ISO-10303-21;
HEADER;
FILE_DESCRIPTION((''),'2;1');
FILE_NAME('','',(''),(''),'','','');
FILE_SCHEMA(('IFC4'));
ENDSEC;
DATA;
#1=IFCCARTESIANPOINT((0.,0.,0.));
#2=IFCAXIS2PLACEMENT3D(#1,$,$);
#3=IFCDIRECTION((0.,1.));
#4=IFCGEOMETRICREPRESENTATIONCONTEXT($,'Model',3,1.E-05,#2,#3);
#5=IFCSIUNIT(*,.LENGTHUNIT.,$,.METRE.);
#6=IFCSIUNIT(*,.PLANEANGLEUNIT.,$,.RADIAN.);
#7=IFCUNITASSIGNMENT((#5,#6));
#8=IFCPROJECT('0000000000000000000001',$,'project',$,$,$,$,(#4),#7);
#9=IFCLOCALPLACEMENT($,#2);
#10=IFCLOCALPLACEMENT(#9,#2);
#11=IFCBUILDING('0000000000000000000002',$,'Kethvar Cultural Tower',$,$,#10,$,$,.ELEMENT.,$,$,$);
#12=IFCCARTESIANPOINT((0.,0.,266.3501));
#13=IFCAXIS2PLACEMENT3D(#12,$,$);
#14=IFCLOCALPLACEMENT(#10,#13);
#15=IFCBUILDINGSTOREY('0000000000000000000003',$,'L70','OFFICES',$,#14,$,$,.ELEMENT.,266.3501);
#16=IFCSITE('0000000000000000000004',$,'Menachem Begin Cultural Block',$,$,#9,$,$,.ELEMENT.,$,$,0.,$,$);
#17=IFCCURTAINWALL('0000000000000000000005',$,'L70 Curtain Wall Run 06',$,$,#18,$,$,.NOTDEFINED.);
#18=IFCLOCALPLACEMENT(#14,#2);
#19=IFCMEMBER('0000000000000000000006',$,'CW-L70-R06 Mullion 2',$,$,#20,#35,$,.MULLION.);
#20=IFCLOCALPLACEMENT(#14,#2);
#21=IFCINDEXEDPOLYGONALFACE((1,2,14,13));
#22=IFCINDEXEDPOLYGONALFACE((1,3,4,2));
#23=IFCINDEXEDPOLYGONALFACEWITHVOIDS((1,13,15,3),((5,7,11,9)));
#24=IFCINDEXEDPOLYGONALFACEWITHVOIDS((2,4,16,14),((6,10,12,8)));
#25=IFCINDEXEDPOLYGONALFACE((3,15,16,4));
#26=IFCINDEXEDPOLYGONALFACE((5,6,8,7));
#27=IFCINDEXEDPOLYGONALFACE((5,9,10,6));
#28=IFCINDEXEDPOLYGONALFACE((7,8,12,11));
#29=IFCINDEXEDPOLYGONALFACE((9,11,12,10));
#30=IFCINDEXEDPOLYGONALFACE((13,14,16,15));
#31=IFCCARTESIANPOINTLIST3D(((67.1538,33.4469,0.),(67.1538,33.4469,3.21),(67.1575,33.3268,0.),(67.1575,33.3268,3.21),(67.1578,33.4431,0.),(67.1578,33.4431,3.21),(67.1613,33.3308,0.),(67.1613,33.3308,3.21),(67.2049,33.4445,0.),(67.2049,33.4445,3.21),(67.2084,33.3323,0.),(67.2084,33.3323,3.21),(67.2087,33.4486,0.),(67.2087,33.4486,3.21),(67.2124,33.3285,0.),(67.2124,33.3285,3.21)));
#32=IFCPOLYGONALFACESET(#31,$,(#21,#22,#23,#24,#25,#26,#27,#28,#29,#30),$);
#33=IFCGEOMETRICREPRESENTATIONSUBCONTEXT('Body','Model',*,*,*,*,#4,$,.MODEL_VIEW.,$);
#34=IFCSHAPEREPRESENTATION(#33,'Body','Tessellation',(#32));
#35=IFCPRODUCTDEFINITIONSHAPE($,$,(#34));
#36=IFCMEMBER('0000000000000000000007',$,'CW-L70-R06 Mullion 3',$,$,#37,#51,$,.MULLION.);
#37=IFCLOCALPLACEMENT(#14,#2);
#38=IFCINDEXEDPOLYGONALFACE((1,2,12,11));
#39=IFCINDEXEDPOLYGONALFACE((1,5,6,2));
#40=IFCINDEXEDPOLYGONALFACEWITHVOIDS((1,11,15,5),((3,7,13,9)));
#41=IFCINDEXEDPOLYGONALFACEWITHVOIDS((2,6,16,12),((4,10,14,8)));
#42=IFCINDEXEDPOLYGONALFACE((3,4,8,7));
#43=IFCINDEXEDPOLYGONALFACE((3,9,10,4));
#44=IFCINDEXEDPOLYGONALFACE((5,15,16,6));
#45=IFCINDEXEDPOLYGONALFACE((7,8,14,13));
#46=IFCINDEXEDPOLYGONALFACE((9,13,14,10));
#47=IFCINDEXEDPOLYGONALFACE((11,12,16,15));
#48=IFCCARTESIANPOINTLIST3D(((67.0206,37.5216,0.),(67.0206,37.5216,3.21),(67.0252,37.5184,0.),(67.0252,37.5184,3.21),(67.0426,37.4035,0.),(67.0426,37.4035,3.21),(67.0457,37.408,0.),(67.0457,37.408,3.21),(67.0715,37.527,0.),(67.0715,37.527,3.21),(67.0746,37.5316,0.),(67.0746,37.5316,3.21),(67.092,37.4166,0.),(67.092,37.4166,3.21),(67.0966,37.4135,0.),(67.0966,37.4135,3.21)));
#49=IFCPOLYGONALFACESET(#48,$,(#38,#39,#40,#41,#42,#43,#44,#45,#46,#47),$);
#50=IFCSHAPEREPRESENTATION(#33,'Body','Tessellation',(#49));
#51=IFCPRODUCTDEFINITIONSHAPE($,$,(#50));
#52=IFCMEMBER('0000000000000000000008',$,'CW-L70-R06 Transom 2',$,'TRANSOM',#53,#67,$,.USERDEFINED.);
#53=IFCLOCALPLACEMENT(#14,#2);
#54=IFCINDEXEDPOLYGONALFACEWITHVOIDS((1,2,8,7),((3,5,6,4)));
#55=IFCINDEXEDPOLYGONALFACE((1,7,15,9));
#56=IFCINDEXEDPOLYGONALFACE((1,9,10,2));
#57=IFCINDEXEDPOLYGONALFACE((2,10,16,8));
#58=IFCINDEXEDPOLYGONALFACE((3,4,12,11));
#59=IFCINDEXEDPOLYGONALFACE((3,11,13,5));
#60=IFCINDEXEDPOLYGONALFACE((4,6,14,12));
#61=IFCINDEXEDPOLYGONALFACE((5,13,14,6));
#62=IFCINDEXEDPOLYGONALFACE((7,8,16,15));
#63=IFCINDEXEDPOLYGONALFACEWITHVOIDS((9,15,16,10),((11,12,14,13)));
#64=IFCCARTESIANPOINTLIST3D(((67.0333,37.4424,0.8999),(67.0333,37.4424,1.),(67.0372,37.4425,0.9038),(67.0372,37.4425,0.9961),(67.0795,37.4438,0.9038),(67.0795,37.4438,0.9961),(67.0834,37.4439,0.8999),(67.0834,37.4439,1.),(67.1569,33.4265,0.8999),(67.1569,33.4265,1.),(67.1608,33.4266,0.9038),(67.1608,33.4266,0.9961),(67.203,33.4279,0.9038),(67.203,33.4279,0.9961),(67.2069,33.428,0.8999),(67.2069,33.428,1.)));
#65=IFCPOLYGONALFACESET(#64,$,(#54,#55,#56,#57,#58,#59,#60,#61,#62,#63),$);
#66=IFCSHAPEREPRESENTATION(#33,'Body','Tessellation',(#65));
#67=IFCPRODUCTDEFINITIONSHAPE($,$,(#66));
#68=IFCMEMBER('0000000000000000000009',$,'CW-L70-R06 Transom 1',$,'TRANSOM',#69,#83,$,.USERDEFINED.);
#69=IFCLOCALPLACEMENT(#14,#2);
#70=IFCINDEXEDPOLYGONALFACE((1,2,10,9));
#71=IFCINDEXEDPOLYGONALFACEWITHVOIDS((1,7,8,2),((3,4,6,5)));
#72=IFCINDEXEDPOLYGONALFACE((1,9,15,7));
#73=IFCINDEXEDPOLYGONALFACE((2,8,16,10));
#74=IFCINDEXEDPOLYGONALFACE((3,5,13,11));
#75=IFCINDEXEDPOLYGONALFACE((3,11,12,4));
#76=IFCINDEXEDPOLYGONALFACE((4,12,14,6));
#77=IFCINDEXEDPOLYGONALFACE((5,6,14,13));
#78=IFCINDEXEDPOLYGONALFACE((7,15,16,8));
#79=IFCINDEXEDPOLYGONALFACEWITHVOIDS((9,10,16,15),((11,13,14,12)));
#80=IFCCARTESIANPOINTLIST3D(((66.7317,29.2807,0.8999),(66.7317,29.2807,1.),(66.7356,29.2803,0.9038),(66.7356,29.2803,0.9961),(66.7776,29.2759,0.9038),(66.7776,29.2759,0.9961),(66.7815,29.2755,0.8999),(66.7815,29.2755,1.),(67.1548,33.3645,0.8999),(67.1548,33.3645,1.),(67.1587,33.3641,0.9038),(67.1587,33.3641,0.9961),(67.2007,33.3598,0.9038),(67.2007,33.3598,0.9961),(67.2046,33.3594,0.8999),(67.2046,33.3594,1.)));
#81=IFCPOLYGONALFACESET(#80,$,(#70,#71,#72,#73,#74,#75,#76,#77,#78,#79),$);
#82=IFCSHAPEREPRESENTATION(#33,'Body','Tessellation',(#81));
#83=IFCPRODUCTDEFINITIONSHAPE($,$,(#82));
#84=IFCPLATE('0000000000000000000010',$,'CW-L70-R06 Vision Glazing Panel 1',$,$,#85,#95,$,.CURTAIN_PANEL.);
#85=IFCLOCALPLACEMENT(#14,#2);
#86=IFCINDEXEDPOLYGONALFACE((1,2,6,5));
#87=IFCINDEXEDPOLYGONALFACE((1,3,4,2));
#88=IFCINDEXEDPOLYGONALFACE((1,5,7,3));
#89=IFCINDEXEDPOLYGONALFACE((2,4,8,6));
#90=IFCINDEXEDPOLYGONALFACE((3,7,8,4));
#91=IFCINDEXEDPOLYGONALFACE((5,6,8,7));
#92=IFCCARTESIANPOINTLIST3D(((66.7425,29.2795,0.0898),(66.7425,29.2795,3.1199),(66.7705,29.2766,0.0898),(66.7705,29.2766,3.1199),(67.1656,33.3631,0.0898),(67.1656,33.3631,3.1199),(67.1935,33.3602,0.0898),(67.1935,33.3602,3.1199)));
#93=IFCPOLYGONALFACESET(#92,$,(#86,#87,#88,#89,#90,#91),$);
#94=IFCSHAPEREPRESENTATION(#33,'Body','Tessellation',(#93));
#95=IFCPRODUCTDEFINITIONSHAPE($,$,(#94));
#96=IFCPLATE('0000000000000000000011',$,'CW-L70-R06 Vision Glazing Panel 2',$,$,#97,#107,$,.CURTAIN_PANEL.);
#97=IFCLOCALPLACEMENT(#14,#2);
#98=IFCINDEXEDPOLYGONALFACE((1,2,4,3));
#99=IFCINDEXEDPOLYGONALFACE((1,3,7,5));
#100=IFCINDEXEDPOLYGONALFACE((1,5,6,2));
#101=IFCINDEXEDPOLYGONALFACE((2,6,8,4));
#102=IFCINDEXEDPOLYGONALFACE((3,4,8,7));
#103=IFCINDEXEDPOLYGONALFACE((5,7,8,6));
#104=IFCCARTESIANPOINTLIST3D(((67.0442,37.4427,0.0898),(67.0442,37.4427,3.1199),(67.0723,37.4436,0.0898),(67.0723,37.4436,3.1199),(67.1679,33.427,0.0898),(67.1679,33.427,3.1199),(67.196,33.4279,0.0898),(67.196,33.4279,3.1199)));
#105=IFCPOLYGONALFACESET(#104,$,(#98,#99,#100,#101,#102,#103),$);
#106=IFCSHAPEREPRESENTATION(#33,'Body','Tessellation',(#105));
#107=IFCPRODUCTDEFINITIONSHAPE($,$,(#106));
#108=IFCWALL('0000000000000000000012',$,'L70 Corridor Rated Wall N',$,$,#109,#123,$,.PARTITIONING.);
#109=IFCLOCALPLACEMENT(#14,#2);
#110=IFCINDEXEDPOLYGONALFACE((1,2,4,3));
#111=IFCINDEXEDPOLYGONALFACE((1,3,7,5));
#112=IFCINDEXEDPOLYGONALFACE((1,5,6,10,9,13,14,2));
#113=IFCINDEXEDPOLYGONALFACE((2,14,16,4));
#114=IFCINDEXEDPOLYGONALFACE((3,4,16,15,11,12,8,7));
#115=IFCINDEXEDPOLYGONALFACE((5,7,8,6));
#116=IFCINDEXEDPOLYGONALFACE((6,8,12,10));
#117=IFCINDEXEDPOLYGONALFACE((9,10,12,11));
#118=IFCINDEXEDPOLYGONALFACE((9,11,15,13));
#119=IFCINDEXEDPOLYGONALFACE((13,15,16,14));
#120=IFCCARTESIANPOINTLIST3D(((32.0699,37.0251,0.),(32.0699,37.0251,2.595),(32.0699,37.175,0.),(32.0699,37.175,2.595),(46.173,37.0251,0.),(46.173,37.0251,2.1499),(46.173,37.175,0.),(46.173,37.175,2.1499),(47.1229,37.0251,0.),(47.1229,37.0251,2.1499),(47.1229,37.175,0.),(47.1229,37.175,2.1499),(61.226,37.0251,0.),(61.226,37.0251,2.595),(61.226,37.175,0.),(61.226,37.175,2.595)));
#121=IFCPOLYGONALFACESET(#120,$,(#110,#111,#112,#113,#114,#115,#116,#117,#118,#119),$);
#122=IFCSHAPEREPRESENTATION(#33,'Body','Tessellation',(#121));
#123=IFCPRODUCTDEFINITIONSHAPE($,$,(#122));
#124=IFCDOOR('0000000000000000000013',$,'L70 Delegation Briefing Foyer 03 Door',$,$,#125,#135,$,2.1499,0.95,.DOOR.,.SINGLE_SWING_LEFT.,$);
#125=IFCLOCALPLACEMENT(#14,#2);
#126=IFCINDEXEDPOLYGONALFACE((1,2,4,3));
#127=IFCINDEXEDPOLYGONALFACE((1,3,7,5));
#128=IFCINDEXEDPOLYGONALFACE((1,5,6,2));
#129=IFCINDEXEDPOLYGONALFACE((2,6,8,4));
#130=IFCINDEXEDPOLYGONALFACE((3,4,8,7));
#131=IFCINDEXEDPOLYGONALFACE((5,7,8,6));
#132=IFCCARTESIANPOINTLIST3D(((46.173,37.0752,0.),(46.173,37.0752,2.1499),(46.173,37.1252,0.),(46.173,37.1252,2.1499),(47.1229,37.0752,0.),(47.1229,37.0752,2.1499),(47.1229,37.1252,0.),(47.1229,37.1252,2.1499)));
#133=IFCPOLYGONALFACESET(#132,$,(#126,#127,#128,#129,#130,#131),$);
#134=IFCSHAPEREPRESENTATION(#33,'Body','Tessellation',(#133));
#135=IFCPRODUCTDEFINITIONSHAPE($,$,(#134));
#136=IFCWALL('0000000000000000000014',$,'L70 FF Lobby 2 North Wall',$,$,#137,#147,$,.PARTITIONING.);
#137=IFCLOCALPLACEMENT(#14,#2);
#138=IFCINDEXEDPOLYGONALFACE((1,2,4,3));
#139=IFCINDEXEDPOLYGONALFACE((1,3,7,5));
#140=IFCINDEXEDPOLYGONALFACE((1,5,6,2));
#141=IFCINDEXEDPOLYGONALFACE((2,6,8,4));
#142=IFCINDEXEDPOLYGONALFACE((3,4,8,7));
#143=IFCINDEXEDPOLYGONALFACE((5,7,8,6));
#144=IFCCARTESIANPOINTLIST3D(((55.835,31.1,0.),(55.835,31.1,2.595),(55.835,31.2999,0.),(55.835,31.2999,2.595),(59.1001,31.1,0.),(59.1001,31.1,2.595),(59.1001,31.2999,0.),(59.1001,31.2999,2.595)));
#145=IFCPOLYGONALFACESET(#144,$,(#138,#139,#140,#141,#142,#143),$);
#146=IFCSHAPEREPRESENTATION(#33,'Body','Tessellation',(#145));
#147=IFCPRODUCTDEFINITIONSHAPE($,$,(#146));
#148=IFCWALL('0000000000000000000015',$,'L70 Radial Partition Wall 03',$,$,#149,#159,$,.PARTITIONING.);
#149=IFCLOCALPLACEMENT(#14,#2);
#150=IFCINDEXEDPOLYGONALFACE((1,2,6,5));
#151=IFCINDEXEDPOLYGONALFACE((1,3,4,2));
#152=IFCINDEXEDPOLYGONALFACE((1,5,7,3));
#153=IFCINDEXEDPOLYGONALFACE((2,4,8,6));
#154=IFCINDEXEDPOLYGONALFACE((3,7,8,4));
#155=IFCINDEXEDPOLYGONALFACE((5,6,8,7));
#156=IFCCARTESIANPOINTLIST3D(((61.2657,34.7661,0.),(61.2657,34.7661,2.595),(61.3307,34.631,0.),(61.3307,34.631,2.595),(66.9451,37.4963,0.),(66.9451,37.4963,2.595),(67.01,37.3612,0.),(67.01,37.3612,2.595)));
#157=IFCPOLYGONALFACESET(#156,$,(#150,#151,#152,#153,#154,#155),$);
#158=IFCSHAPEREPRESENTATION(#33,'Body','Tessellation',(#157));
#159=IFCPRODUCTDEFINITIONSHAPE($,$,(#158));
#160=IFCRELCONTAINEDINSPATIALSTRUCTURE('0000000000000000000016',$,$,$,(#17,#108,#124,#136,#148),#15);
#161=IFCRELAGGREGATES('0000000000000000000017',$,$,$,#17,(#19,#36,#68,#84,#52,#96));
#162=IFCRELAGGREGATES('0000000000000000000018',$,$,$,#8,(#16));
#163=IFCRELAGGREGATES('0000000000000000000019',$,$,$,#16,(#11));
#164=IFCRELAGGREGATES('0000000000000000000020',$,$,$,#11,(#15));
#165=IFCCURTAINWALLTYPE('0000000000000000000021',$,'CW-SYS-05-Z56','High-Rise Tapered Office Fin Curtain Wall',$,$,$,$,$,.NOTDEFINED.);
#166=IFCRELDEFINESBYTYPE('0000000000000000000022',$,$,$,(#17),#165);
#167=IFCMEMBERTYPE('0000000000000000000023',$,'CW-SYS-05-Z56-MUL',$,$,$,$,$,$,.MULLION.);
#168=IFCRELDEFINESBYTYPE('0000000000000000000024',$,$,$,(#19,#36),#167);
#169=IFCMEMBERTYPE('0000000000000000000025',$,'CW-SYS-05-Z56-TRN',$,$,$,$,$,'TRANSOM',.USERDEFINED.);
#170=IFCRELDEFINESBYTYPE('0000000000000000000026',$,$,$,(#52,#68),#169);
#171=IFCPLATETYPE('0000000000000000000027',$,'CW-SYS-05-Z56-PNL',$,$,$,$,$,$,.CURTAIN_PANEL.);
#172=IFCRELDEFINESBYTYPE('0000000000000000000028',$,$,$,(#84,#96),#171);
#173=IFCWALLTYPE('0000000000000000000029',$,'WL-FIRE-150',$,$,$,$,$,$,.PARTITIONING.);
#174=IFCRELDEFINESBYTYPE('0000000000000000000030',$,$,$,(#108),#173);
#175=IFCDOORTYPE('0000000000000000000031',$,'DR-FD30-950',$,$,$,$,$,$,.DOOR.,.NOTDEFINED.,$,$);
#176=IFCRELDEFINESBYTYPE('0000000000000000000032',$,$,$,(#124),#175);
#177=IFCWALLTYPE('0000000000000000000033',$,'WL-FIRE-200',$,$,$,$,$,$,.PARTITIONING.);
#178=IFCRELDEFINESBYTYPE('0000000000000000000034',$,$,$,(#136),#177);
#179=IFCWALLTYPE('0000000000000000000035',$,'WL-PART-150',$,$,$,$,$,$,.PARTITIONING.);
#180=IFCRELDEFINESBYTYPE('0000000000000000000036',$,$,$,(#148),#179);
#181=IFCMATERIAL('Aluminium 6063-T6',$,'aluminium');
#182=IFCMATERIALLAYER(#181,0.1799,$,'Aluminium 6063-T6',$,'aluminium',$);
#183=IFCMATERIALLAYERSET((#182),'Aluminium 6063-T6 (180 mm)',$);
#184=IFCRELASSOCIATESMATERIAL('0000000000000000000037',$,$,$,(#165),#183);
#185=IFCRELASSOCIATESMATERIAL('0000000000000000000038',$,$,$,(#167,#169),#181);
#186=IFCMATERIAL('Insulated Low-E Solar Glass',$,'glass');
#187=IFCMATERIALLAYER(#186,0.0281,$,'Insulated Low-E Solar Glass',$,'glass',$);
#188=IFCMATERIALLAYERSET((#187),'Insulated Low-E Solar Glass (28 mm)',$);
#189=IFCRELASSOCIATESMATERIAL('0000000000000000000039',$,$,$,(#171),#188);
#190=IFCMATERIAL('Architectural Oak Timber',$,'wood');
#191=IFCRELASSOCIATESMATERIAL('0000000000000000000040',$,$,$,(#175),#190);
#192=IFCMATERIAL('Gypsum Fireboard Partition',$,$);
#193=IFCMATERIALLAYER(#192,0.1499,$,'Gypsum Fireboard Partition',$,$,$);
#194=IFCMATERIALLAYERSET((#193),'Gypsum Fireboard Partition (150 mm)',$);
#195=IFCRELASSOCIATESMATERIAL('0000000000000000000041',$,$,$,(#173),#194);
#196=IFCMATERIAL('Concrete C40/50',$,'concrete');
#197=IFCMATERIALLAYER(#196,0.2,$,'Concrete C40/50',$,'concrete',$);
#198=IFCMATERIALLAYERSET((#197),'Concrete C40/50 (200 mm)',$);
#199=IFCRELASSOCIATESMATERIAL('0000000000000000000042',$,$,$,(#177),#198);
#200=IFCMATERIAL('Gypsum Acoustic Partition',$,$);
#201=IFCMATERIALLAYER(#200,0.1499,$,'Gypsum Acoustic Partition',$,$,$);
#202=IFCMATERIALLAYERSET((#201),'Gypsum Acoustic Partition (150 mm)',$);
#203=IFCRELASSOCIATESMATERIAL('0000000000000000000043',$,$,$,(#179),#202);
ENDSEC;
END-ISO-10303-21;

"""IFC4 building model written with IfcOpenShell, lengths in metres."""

from ifc_helpers import new_model, si_unit, direction, frame, frame_2d, origin, origin_2d, place, context, subcontext, project, spatial, rectangle, hollow_rectangle, extrude, source, transform, mapped, material, layer, layer_set, material_profile, profile_set, type_object, element, fill, aggregate, save


model = new_model("IFC4")

# Units and contexts
model_context = context("Model", 3, precision=1e-05, world=origin(), true_north=direction((0.0, 1.0)))
body_context = subcontext(model_context, "Body", "Model", "MODEL_VIEW")
ifc_project = project(units=[si_unit("LENGTHUNIT", "METRE"), si_unit("PLANEANGLEUNIT", "RADIAN")], contexts=[model_context])

# Site, building, storey
site_placement = place(None, origin())
site = spatial("IfcSite", under=ifc_project, at=site_placement, Name="Menachem Begin Cultural Block", CompositionType="ELEMENT", RefElevation=0.0)
building_placement = place(site_placement, origin())
building = spatial("IfcBuilding", under=site, at=building_placement, Name="Kethvar Cultural Tower", CompositionType="ELEMENT")
storey_placement = place(building_placement, frame((0.0, 0.0, 266.3501)))
storey = spatial("IfcBuildingStorey", under=building, at=storey_placement, Name="L70", Description="OFFICES", CompositionType="ELEMENT", Elevation=266.3501)

# Shared definitions
ifc_material_1 = material(Name="Aluminium 6063-T6", Category="aluminium")
ifc_layer_1 = layer(ifc_material_1, 0.1799, Name="Aluminium 6063-T6", Category="aluminium")
ifc_layer_set_1 = layer_set([ifc_layer_1], Name="Aluminium 6063-T6 (180 mm)")
curtain_wall_type = type_object("IfcCurtainWallType", Name="CW-SYS-05-Z56", Description="High-Rise Tapered Office Fin Curtain Wall", PredefinedType="NOTDEFINED", material=ifc_layer_set_1)
ifc_material_profile_1 = material_profile(ifc_material_1, hollow_rectangle(XDim=0.0549, YDim=0.1201, WallThickness=0.0039, at=origin_2d()), Name="Aluminium 6063-T6 — RHS120x55x4")
ifc_profile_set_1 = profile_set([ifc_material_profile_1], Name="Aluminium 6063-T6 — RHS120x55x4")
member_type_1 = type_object("IfcMemberType", Name="CW-SYS-05-Z56-MUL", PredefinedType="MULLION", material=ifc_profile_set_1)
shared_shape_1 = source(origin(), body_context, "Body", "SweptSolid", [
    extrude(hollow_rectangle(XDim=0.0549, YDim=0.1201, WallThickness=0.0039, at=origin_2d()), origin(), (0.0, 0.0, 1.0), 3.21),
])

# Curtain wall, members, plates
curtain_wall_1_placement = place(storey_placement, origin())
curtain_wall_1 = element("IfcCurtainWall", 1, at=curtain_wall_1_placement, inside=storey, type_object=curtain_wall_type, Name="L70 Curtain Wall Run 06", PredefinedType="NOTDEFINED")
member_1_placement = place(storey_placement, frame((67.1831, 33.3877, 0.0), z_axis=(0.0, 0.0, 1.0), x_axis=(-0.999526, -0.030783, 0.0)))
member_1 = element("IfcMember", 2, at=member_1_placement, type_object=member_type_1, Name="CW-L70-R06 Mullion 2", PredefinedType="MULLION", context=body_context, shape_type="MappedRepresentation", body=[
    mapped(shared_shape_1, transform((0.0, 0.0, 0.0), scale=1.0)),
])
member_2_placement = place(storey_placement, frame((67.0586, 37.4675, 0.0), z_axis=(0.0, 0.0, 1.0), x_axis=(-0.983201, -0.182527, 0.0)))
member_2 = element("IfcMember", 3, at=member_2_placement, type_object=member_type_1, Name="CW-L70-R06 Mullion 3", PredefinedType="MULLION", context=body_context, shape_type="MappedRepresentation", body=[
    mapped(shared_shape_1, transform((0.0, 0.0, 0.0), scale=1.0)),
])
ifc_material_profile_2 = material_profile(ifc_material_1, hollow_rectangle(XDim=0.05, YDim=0.1001, WallThickness=0.0039, at=origin_2d()), Name="Aluminium 6063-T6 — RHS100x50x4")
ifc_profile_set_2 = profile_set([ifc_material_profile_2], Name="Aluminium 6063-T6 — RHS100x50x4")
member_type_2 = type_object("IfcMemberType", Name="CW-SYS-05-Z56-TRN", ElementType="TRANSOM", PredefinedType="USERDEFINED", material=ifc_profile_set_2)
shared_shape_2 = source(origin(), body_context, "Body", "SweptSolid", [
    extrude(hollow_rectangle(XDim=0.05, YDim=0.1001, WallThickness=0.0039, at=origin_2d()), origin(), (0.0, 0.0, 1.0), 4.0178),
])
member_3_placement = place(storey_placement, frame((67.1819, 33.4272, 0.95), z_axis=(-0.030747, 0.999527, 0.0), x_axis=(-0.999527, -0.030747, 0.0)))
member_3 = element("IfcMember", 4, at=member_3_placement, type_object=member_type_2, Name="CW-L70-R06 Transom 2", ObjectType="TRANSOM", PredefinedType="USERDEFINED", context=body_context, shape_type="MappedRepresentation", body=[
    mapped(shared_shape_2, transform((0.0, 0.0, 0.0), scale=1.0)),
])
shared_shape_3 = source(origin(), body_context, "Body", "SweptSolid", [
    extrude(hollow_rectangle(XDim=0.05, YDim=0.1001, WallThickness=0.0039, at=origin_2d()), origin(), (0.0, 0.0, 1.0), 4.1057),
])
member_4_placement = place(storey_placement, frame((66.7566, 29.2781, 0.95), z_axis=(0.103053, 0.994676, 0.0), x_axis=(-0.994676, 0.103053, 0.0)))
member_4 = element("IfcMember", 5, at=member_4_placement, type_object=member_type_2, Name="CW-L70-R06 Transom 1", ObjectType="TRANSOM", PredefinedType="USERDEFINED", context=body_context, shape_type="MappedRepresentation", body=[
    mapped(shared_shape_3, transform((0.0, 0.0, 0.0), scale=1.0)),
])
ifc_material_2 = material(Name="Insulated Low-E Solar Glass", Category="glass")
ifc_layer_2 = layer(ifc_material_2, 0.0281, Name="Insulated Low-E Solar Glass", Category="glass")
ifc_layer_set_2 = layer_set([ifc_layer_2], Name="Insulated Low-E Solar Glass (28 mm)")
plate_type = type_object("IfcPlateType", Name="CW-SYS-05-Z56-PNL", PredefinedType="CURTAIN_PANEL", material=ifc_layer_set_2)
shared_shape_4 = source(origin(), body_context, "Body", "SweptSolid", [
    extrude(rectangle(XDim=4.1055, YDim=0.0281, at=origin_2d()), origin(), (0.0, 0.0, 1.0), 3.03),
])
plate_1_placement = place(storey_placement, frame((66.968, 31.3198, 0.0898), z_axis=(0.0, 0.0, 1.0), x_axis=(0.103036, 0.994678, 0.0)))
plate_1 = element("IfcPlate", 6, at=plate_1_placement, type_object=plate_type, Name="CW-L70-R06 Vision Glazing Panel 1", PredefinedType="CURTAIN_PANEL", context=body_context, shape_type="MappedRepresentation", body=[
    mapped(shared_shape_4, transform((0.0, 0.0, 0.0), scale=1.0)),
])
shared_shape_5 = source(origin(), body_context, "Body", "SweptSolid", [
    extrude(rectangle(XDim=4.0176, YDim=0.0281, at=origin_2d()), origin(), (0.0, 0.0, 1.0), 3.03),
])
plate_2_placement = place(storey_placement, frame((67.1201, 35.4353, 0.0898), z_axis=(0.0, 0.0, 1.0), x_axis=(-0.030783, 0.999526, 0.0)))
plate_2 = element("IfcPlate", 7, at=plate_2_placement, type_object=plate_type, Name="CW-L70-R06 Vision Glazing Panel 2", PredefinedType="CURTAIN_PANEL", context=body_context, shape_type="MappedRepresentation", body=[
    mapped(shared_shape_5, transform((0.0, 0.0, 0.0), scale=1.0)),
])
aggregate(curtain_wall_1, [member_1, member_2, member_4, plate_1, member_3, plate_2])

# Shared definitions
ifc_material_3 = material(Name="Architectural Oak Timber", Category="wood")
door_type_1 = type_object("IfcDoorType", Name="DR-FD30-950", OperationType="NOTDEFINED", PredefinedType="DOOR", material=ifc_material_3)
shared_shape_6 = source(origin(), body_context, "Body", "SweptSolid", [
    extrude(rectangle(XDim=0.95, YDim=2.1499, at=frame_2d((0.4751, 1.075))), frame((0.0, 0.0249, 0.0), z_axis=(0.0, -1.0, 0.0), x_axis=(1.0, 0.0, 0.0)), (0.0, 0.0, 1.0), 0.05),
])

# Wall, opening, door
ifc_material_4 = material(Name="Gypsum Fireboard Partition")
ifc_layer_3 = layer(ifc_material_4, 0.1499, Name="Gypsum Fireboard Partition")
ifc_layer_set_3 = layer_set([ifc_layer_3], Name="Gypsum Fireboard Partition (150 mm)")
wall_type_1 = type_object("IfcWallType", Name="WL-FIRE-150", PredefinedType="PARTITIONING", material=ifc_layer_set_3)
wall_1_placement = place(storey_placement, frame((61.2261, 37.1001, 0.0), z_axis=(0.0, 0.0, 1.0), x_axis=(-1.0, 0.0, 0.0)))
wall_1 = element("IfcWall", 8, at=wall_1_placement, inside=storey, type_object=wall_type_1, Name="L70 Corridor Rated Wall N", PredefinedType="PARTITIONING", context=body_context, shape_type="SweptSolid", body=[
    extrude(rectangle(XDim=29.156, YDim=0.1499, at=frame_2d((14.5781, 0.0))), origin(), (0.0, 0.0, 1.0), 2.595),
])
opening_1_placement = place(wall_1_placement, frame((14.103, 0.0, 0.0)))
opening_1 = element("IfcOpeningElement", 9, at=opening_1_placement, cuts=wall_1, PredefinedType="OPENING", context=body_context, shape_type="SweptSolid", body=[
    extrude(rectangle(XDim=0.95, YDim=2.1499, at=frame_2d((0.4751, 1.075))), frame((0.0, 0.085, 0.0), z_axis=(0.0, -1.0, 0.0), x_axis=(1.0, 0.0, 0.0)), (0.0, 0.0, 1.0), 0.1699),
])
door_1_placement = place(opening_1_placement, origin())
door_1 = element("IfcDoor", 10, at=door_1_placement, inside=storey, type_object=door_type_1, Name="L70 Delegation Briefing Foyer 03 Door", OperationType="SINGLE_SWING_LEFT", OverallHeight=2.1499, OverallWidth=0.95, PredefinedType="DOOR", context=body_context, shape_type="MappedRepresentation", body=[
    mapped(shared_shape_6, transform((0.0, 0.0, 0.0), scale=1.0)),
])
fill(opening_1, door_1)

# Walls
ifc_material_5 = material(Name="Concrete C40/50", Category="concrete")
ifc_layer_4 = layer(ifc_material_5, 0.2, Name="Concrete C40/50", Category="concrete")
ifc_layer_set_4 = layer_set([ifc_layer_4], Name="Concrete C40/50 (200 mm)")
wall_type_2 = type_object("IfcWallType", Name="WL-FIRE-200", PredefinedType="PARTITIONING", material=ifc_layer_set_4)
wall_2_placement = place(storey_placement, frame((55.835, 31.2, 0.0), z_axis=(0.0, 0.0, 1.0), x_axis=(1.0, 0.0, 0.0)))
element("IfcWall", 11, at=wall_2_placement, inside=storey, type_object=wall_type_2, Name="L70 FF Lobby 2 North Wall", PredefinedType="PARTITIONING", context=body_context, shape_type="SweptSolid", body=[
    extrude(rectangle(XDim=3.2651, YDim=0.2, at=frame_2d((1.6326, 0.0))), origin(), (0.0, 0.0, 1.0), 2.595),
])
ifc_material_6 = material(Name="Gypsum Acoustic Partition")
ifc_layer_5 = layer(ifc_material_6, 0.1499, Name="Gypsum Acoustic Partition")
ifc_layer_set_5 = layer_set([ifc_layer_5], Name="Gypsum Acoustic Partition (150 mm)")
wall_type_3 = type_object("IfcWallType", Name="WL-PART-150", PredefinedType="PARTITIONING", material=ifc_layer_set_5)
wall_3_placement = place(storey_placement, frame((61.2981, 34.6985, 0.0), z_axis=(0.0, 0.0, 1.0), x_axis=(0.90127, 0.433259, 0.0)))
element("IfcWall", 12, at=wall_3_placement, inside=storey, type_object=wall_type_3, Name="L70 Radial Partition Wall 03", PredefinedType="PARTITIONING", context=body_context, shape_type="SweptSolid", body=[
    extrude(rectangle(XDim=6.3015, YDim=0.1499, at=frame_2d((3.1509, 0.0))), origin(), (0.0, 0.0, 1.0), 2.595),
])

save(model, "model.ifc")
